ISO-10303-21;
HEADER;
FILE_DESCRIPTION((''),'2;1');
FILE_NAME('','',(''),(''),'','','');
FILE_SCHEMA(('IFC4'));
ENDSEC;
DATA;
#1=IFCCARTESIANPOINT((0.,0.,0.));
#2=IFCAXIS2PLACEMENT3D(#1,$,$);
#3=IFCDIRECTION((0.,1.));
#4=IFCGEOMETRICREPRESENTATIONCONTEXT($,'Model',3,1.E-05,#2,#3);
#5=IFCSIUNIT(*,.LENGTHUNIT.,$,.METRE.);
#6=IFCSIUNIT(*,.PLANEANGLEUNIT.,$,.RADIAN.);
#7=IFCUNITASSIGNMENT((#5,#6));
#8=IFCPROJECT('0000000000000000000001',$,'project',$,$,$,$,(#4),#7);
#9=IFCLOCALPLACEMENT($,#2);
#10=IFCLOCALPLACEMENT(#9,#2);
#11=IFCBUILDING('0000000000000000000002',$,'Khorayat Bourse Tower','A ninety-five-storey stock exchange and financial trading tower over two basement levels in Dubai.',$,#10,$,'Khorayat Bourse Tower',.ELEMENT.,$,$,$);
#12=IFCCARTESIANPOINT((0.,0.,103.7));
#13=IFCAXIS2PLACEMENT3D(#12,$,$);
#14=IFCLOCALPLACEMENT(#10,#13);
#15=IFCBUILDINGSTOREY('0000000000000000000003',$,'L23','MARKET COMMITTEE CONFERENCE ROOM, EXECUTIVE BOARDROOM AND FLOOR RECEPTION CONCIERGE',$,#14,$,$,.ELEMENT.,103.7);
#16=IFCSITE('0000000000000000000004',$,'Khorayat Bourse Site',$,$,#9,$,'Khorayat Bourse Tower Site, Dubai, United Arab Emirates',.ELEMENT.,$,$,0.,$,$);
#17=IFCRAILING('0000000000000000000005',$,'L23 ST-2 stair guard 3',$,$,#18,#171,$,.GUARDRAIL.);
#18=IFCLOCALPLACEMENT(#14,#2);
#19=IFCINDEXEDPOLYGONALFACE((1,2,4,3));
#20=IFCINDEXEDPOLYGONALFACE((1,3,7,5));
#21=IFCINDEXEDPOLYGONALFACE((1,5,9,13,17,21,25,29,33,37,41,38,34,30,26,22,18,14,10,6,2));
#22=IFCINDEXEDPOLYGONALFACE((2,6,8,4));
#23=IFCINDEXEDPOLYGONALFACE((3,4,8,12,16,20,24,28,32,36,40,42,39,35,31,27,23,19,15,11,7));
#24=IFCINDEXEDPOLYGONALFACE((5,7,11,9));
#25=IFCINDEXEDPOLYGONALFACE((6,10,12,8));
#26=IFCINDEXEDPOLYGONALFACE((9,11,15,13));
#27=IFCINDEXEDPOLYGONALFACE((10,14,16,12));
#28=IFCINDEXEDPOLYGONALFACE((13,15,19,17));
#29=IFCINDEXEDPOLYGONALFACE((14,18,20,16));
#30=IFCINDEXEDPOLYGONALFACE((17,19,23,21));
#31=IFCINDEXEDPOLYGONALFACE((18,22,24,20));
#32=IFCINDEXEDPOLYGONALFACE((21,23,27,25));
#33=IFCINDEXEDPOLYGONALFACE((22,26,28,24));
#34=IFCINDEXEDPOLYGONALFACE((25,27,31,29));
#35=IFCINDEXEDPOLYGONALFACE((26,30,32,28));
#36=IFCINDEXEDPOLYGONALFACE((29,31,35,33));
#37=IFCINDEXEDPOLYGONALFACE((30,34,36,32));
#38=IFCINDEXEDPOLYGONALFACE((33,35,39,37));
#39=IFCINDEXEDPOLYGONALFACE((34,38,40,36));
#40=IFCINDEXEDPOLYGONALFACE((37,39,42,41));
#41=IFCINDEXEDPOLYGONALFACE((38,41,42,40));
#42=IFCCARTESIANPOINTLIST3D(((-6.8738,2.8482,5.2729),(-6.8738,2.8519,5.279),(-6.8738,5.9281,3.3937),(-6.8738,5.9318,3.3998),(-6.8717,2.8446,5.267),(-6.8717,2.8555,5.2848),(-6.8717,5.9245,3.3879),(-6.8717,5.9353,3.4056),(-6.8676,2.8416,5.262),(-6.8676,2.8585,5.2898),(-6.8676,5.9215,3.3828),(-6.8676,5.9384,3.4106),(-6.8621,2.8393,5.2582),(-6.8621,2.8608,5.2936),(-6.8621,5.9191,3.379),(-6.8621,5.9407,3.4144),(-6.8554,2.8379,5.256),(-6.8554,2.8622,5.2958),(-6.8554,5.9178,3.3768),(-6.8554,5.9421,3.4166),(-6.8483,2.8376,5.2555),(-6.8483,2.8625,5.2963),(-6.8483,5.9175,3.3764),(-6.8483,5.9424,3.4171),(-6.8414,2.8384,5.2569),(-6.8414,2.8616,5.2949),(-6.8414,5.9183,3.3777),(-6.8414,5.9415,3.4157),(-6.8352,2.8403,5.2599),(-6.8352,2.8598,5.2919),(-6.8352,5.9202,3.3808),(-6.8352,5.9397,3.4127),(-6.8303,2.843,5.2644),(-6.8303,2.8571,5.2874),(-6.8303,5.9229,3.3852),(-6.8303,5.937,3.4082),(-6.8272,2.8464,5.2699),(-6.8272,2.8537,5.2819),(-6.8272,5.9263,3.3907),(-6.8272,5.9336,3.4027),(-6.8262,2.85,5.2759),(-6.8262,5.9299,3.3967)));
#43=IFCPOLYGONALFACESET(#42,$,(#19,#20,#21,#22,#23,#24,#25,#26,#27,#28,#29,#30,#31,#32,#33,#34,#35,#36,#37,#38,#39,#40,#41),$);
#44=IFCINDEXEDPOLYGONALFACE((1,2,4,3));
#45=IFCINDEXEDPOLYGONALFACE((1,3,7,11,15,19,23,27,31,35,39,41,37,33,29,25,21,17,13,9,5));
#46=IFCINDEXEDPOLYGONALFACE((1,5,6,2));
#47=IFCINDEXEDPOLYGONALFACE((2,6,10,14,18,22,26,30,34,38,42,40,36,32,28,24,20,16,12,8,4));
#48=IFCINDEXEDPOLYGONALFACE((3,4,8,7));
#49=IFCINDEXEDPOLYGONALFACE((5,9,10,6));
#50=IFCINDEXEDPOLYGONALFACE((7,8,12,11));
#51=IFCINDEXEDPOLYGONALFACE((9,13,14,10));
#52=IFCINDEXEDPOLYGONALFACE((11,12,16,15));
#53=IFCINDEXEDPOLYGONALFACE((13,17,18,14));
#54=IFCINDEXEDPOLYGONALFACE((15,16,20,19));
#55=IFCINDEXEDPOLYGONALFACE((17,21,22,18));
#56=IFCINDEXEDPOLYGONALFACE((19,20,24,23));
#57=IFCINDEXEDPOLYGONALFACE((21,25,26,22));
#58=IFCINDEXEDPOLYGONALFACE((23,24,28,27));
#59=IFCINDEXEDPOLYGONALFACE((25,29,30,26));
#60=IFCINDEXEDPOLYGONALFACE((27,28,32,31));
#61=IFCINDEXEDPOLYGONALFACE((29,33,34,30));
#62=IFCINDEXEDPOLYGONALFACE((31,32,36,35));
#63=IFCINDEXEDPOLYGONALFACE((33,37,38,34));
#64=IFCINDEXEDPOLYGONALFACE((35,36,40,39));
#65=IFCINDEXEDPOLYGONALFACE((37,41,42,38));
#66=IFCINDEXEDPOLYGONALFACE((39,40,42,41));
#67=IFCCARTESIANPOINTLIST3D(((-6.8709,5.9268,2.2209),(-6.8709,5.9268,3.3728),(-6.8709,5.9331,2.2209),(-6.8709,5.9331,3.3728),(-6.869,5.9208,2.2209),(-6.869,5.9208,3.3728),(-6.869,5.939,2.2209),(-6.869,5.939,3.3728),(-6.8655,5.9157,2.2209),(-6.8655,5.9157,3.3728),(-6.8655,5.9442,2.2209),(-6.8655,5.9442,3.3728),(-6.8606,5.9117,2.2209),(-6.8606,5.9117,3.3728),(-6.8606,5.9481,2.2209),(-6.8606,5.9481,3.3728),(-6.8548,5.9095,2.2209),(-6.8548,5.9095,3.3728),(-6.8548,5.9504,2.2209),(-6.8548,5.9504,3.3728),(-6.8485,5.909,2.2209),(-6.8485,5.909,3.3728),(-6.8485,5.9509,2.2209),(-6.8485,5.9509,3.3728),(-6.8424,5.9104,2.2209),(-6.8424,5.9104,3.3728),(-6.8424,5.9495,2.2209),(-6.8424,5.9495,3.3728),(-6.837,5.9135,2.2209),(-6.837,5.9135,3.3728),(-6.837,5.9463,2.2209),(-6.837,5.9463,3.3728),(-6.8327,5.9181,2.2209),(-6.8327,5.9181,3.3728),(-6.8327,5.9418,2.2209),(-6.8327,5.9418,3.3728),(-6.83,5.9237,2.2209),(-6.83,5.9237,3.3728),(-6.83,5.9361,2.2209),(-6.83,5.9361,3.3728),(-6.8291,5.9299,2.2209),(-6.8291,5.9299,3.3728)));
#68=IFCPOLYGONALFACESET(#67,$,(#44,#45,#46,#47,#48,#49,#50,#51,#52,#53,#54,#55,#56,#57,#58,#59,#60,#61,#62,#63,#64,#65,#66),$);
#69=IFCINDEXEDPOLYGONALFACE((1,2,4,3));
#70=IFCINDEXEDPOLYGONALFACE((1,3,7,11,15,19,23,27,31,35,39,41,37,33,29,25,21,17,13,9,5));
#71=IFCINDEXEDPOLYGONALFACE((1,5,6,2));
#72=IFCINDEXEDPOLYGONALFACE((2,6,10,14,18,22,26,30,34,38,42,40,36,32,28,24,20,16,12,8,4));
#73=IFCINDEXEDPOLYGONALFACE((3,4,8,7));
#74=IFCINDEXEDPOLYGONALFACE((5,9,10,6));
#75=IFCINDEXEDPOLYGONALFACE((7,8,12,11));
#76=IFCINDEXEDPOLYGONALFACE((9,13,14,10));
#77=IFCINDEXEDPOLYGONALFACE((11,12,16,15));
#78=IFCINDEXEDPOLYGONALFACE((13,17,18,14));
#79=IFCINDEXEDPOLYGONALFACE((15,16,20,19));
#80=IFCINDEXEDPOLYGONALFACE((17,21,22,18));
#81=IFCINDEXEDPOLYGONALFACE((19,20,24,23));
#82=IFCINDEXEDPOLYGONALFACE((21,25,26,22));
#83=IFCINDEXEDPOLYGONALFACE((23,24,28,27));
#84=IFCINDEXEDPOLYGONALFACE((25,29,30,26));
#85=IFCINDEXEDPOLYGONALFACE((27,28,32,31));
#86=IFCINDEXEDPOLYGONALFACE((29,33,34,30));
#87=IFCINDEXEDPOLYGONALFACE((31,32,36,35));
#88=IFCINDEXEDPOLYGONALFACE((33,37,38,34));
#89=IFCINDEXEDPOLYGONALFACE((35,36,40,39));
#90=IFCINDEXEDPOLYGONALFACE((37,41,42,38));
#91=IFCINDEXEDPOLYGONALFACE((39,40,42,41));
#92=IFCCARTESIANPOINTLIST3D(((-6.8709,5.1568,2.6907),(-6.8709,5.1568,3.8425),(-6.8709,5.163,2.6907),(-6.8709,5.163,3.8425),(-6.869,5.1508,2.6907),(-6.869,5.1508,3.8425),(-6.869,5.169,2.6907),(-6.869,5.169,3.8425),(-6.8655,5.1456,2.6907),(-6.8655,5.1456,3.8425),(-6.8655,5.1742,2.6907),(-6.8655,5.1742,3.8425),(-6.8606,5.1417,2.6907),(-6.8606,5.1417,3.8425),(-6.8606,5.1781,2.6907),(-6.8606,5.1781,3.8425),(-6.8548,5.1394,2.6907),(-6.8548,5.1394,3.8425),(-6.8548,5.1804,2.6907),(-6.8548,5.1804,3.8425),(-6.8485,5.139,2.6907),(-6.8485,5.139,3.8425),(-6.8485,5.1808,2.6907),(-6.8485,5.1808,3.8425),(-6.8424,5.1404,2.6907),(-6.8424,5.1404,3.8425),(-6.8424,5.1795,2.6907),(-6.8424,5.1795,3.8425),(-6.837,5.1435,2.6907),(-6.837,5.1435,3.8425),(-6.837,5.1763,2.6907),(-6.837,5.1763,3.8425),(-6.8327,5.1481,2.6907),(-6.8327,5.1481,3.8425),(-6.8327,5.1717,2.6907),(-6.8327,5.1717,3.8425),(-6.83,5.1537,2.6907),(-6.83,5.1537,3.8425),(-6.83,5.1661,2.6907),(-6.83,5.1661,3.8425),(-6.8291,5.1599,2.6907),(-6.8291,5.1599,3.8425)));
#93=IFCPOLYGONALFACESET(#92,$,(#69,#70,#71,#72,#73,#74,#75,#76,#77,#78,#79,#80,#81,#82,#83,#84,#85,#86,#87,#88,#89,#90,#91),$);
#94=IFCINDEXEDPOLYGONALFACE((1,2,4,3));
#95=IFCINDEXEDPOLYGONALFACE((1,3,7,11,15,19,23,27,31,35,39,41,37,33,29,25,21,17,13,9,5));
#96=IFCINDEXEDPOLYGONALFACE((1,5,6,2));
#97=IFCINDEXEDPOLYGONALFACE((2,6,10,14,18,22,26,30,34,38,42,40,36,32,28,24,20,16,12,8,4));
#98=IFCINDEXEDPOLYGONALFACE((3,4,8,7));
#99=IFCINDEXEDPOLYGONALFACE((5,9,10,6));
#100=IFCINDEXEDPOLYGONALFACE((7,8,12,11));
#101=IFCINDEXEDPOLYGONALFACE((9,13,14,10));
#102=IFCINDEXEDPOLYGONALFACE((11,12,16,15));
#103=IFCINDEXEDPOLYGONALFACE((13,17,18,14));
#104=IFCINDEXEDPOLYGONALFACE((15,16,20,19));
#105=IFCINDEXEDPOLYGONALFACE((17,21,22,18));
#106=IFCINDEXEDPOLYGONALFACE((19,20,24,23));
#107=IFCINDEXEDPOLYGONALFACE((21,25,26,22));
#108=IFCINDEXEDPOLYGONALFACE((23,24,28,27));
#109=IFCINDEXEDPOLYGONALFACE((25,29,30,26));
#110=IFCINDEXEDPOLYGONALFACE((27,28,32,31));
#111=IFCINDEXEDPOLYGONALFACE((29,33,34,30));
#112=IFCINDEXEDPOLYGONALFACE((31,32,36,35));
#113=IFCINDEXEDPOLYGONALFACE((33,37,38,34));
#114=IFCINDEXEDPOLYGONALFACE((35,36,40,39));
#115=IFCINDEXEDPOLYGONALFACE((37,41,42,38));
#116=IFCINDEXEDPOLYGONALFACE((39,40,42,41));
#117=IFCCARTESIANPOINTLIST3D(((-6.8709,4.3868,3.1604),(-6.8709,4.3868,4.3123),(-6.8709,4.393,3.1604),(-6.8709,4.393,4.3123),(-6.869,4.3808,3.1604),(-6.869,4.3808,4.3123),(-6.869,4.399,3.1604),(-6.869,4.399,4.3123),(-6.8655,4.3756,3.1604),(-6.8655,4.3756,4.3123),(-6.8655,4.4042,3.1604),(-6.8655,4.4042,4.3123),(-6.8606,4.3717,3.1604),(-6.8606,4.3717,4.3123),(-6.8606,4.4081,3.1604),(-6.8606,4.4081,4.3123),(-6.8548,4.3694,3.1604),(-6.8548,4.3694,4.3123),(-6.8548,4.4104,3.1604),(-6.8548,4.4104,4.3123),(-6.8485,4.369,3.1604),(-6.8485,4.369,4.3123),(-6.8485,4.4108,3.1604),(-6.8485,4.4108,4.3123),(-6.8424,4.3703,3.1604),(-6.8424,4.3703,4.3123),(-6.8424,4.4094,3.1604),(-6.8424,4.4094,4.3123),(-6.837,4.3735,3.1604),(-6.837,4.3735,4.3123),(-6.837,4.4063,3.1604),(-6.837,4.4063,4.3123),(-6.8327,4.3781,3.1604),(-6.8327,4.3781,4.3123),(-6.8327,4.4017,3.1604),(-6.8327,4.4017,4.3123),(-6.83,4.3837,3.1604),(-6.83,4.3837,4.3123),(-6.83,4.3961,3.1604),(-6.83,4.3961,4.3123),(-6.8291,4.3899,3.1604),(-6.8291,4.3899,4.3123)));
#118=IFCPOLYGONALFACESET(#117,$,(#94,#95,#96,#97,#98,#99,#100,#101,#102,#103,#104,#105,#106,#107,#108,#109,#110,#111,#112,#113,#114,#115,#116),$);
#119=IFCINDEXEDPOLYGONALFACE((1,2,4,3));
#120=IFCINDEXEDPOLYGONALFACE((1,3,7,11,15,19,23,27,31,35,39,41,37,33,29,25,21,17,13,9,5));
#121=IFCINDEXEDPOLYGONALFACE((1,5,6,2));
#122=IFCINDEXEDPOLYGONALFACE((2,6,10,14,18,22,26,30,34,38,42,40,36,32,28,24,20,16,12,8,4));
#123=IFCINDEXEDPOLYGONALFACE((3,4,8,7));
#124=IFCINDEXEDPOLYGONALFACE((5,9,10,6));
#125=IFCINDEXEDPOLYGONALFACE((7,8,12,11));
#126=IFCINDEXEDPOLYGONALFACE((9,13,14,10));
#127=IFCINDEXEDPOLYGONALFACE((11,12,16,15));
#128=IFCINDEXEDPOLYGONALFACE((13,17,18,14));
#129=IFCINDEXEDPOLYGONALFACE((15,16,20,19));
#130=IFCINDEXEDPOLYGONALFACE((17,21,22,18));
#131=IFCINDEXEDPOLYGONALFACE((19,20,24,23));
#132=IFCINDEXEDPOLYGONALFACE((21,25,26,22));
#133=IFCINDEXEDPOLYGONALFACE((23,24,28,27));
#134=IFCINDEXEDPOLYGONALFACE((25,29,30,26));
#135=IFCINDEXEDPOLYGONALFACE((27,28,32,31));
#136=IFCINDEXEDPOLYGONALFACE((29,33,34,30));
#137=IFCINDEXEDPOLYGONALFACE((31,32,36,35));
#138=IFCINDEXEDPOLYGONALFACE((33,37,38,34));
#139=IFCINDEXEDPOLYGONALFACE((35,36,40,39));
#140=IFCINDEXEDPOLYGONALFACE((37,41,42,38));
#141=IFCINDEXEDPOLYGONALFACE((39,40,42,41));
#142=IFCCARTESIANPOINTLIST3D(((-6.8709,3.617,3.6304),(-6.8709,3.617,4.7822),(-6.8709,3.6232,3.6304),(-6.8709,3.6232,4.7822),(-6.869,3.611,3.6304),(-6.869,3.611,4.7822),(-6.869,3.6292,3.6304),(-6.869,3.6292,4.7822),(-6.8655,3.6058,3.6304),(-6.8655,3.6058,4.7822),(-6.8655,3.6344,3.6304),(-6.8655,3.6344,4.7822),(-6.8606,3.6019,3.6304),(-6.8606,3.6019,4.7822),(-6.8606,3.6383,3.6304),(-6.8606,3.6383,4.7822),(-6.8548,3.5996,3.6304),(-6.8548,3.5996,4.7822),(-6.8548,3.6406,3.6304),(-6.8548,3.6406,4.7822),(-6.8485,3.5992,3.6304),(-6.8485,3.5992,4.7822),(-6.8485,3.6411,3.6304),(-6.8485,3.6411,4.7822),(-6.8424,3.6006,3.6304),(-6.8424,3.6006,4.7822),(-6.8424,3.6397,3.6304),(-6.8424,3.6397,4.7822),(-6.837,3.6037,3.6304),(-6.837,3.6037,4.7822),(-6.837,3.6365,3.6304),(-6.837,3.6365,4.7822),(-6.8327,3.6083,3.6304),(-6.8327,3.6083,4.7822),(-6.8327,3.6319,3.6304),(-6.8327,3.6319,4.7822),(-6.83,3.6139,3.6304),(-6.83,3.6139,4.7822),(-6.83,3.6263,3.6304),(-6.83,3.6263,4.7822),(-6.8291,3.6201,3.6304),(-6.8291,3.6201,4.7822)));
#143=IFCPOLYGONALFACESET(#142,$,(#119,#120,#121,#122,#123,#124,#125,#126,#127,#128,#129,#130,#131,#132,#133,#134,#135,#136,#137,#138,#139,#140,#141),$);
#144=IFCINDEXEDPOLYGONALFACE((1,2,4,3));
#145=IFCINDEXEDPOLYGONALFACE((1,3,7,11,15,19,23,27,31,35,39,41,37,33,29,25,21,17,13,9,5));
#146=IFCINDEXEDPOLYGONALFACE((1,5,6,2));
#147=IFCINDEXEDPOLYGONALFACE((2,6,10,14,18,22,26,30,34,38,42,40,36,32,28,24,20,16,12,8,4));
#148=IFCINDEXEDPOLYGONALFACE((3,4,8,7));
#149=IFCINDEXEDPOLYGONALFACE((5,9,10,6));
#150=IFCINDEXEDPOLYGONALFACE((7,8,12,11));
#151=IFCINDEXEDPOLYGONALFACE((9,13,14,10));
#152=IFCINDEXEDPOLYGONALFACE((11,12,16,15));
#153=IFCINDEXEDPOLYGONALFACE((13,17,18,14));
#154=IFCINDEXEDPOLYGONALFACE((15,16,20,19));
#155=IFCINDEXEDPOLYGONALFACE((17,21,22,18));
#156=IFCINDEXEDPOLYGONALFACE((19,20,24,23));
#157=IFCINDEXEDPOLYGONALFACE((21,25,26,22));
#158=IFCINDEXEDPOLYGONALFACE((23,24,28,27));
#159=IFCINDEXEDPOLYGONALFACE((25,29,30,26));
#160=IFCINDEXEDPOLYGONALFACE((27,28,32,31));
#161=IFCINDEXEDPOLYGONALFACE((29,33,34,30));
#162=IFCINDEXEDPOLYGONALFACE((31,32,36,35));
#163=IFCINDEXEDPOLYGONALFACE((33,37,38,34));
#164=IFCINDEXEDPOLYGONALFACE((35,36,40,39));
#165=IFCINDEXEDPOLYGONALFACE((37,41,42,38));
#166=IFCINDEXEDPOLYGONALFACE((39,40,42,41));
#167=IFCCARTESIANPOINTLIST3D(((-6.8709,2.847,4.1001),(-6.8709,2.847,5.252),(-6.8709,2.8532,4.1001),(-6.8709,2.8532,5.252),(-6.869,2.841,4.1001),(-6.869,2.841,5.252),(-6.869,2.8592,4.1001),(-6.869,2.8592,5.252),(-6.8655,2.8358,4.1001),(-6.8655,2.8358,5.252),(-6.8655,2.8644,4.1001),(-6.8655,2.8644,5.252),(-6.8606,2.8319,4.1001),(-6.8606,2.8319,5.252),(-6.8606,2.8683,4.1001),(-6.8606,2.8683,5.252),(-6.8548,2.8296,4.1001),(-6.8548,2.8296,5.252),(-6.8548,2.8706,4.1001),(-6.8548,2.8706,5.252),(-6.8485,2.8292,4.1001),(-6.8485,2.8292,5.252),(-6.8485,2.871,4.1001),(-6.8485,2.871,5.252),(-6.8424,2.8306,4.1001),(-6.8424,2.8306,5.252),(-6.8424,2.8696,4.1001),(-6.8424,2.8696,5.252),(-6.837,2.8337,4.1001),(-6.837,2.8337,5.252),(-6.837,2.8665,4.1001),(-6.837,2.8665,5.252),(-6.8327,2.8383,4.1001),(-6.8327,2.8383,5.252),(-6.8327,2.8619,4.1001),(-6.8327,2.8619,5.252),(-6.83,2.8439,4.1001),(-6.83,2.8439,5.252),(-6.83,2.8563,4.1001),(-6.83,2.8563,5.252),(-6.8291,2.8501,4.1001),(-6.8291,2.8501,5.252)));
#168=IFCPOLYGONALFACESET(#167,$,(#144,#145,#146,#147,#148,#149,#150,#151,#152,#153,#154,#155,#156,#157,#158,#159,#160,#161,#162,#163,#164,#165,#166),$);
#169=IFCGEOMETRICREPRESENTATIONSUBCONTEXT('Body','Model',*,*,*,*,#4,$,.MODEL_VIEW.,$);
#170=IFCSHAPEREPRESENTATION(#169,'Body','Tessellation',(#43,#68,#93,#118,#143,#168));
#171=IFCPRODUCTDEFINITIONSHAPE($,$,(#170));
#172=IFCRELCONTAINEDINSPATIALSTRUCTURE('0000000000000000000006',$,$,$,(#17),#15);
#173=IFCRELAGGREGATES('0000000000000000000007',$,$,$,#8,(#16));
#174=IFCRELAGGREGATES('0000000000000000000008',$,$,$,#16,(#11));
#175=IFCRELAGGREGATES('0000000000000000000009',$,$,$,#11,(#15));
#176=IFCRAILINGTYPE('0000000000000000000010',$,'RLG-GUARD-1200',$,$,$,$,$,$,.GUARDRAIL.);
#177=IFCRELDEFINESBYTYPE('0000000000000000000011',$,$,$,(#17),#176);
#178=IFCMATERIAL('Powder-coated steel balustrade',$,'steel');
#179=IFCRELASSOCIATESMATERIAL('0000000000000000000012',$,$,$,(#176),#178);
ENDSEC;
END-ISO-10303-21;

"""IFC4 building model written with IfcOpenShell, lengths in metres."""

from ifc_helpers import new_model, si_unit, direction, frame, origin, origin_2d, place, context, subcontext, project, spatial, circle, extrude, source, transform, mapped, material, type_object, element, save


model = new_model("IFC4")

# Units and contexts
model_context = context("Model", 3, precision=1e-05, world=origin(), true_north=direction((0.0, 1.0)))
body_context = subcontext(model_context, "Body", "Model", "MODEL_VIEW")
ifc_project = project(units=[si_unit("LENGTHUNIT", "METRE"), si_unit("PLANEANGLEUNIT", "RADIAN")], contexts=[model_context])

# Site, building, storey
site_placement = place(None, origin())
site = spatial("IfcSite", under=ifc_project, at=site_placement, Name="Khorayat Bourse Site", LongName="Khorayat Bourse Tower Site, Dubai, United Arab Emirates", CompositionType="ELEMENT", RefElevation=0.0)
building_placement = place(site_placement, origin())
building = spatial("IfcBuilding", under=site, at=building_placement, Name="Khorayat Bourse Tower", Description="A ninety-five-storey stock exchange and financial trading tower over two basement levels in Dubai.", LongName="Khorayat Bourse Tower", CompositionType="ELEMENT")
storey_placement = place(building_placement, frame((0.0, 0.0, 103.7)))
storey = spatial("IfcBuildingStorey", under=building, at=storey_placement, Name="L23", Description="MARKET COMMITTEE CONFERENCE ROOM, EXECUTIVE BOARDROOM AND FLOOR RECEPTION CONCIERGE", CompositionType="ELEMENT", Elevation=103.7)

# Railing
ifc_material_1 = material(Name="Powder-coated steel balustrade", Category="steel")
railing_type_1 = type_object("IfcRailingType", Name="RLG-GUARD-1200", PredefinedType="GUARDRAIL", material=ifc_material_1)
shared_shape_1 = source(origin(), body_context, "Body", "SweptSolid", [
    extrude(circle(Radius=0.0239, at=origin_2d()), frame((0.0, 0.0, 1.1758), z_axis=(0.0, -0.853648, 0.52085), x_axis=(1.0, 0.0, 0.0)), (0.0, 0.0, 1.0), 3.6079),
    extrude(circle(Radius=0.021, at=origin_2d()), origin(), (0.0, 0.0, 1.0), 1.1519),
    extrude(circle(Radius=0.021, at=origin_2d()), frame((0.0, -0.77, 0.4697)), (0.0, 0.0, 1.0), 1.1519),
    extrude(circle(Radius=0.021, at=origin_2d()), frame((0.0, -1.54, 0.9395)), (0.0, 0.0, 1.0), 1.1519),
    extrude(circle(Radius=0.021, at=origin_2d()), frame((0.0, -2.3098, 1.4094)), (0.0, 0.0, 1.0), 1.1519),
    extrude(circle(Radius=0.021, at=origin_2d()), frame((0.0, -3.0798, 1.8792)), (0.0, 0.0, 1.0), 1.1519),
])
railing_1_placement = place(storey_placement, frame((-6.8501, 5.9299, 2.2209)))
element("IfcRailing", 1, at=railing_1_placement, inside=storey, type_object=railing_type_1, Name="L23 ST-2 stair guard 3", PredefinedType="GUARDRAIL", context=body_context, shape_type="MappedRepresentation", body=[
    mapped(shared_shape_1, transform((0.0, 0.0, 0.0), scale=1.0)),
])

save(model, "model.ifc")
